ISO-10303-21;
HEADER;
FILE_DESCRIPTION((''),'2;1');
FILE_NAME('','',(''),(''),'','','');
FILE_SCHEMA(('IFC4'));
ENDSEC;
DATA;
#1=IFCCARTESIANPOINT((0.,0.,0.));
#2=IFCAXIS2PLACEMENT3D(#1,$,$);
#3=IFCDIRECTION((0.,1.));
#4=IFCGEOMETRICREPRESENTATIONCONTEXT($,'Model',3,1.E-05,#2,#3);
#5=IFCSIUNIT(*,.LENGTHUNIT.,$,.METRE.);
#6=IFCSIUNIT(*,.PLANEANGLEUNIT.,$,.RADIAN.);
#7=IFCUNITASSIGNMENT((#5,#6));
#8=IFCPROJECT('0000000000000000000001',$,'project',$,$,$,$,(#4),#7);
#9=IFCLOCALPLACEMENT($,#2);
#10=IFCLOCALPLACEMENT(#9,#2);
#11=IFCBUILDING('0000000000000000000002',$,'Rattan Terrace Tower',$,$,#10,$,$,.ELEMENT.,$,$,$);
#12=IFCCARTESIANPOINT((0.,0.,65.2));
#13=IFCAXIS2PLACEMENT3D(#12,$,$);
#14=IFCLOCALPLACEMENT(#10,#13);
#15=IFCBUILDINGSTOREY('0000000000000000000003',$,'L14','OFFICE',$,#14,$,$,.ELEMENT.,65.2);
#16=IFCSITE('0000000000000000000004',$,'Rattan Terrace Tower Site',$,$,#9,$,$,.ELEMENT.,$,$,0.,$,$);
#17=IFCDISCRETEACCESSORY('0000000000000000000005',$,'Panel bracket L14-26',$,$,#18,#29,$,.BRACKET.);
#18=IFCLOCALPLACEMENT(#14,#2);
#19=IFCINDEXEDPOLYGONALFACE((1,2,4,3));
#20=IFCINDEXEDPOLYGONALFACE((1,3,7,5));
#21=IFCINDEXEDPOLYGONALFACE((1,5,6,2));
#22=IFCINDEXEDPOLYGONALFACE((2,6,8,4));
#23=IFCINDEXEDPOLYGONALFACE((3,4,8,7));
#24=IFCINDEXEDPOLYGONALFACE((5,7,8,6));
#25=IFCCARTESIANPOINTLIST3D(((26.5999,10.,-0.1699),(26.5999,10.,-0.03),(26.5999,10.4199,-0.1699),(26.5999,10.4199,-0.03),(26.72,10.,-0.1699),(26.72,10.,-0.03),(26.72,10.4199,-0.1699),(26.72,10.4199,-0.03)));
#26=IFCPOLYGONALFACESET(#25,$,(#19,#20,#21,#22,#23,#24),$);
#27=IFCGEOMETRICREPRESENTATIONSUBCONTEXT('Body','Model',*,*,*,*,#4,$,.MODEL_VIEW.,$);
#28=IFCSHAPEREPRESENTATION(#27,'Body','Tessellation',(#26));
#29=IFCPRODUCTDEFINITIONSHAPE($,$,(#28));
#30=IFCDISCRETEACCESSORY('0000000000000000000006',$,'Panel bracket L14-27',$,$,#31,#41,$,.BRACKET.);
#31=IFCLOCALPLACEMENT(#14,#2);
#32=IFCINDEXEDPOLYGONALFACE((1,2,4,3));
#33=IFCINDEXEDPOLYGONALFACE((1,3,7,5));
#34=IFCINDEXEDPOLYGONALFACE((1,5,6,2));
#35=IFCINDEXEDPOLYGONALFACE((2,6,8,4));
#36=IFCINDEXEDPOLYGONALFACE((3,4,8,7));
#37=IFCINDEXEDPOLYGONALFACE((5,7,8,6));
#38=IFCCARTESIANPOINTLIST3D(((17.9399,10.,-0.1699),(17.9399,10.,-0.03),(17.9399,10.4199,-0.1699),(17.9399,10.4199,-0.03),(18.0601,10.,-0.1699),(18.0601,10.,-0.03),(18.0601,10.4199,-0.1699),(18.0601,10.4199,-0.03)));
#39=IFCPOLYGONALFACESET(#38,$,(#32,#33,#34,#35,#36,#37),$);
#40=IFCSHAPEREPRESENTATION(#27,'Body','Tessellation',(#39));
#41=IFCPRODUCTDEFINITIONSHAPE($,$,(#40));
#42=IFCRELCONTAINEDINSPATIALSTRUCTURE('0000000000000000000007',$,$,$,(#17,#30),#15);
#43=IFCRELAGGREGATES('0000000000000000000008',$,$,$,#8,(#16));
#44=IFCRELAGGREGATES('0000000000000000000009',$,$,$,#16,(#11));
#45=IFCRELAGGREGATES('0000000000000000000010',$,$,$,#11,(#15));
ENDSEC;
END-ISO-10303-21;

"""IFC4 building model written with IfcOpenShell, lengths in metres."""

from ifc_helpers import new_model, si_unit, direction, frame, origin, origin_2d, place, context, subcontext, project, spatial, rectangle, extrude, element, save


model = new_model("IFC4")

# Units and contexts
model_context = context("Model", 3, precision=1e-05, world=origin(), true_north=direction((0.0, 1.0)))
body_context = subcontext(model_context, "Body", "Model", "MODEL_VIEW")
ifc_project = project(units=[si_unit("LENGTHUNIT", "METRE"), si_unit("PLANEANGLEUNIT", "RADIAN")], contexts=[model_context])

# Site, building, storey
site_placement = place(None, origin())
site = spatial("IfcSite", under=ifc_project, at=site_placement, Name="Rattan Terrace Tower Site", CompositionType="ELEMENT", RefElevation=0.0)
building_placement = place(site_placement, origin())
building = spatial("IfcBuilding", under=site, at=building_placement, Name="Rattan Terrace Tower", CompositionType="ELEMENT")
storey_placement = place(building_placement, frame((0.0, 0.0, 65.2)))
storey = spatial("IfcBuildingStorey", under=building, at=storey_placement, Name="L14", Description="OFFICE", CompositionType="ELEMENT", Elevation=65.2)

# Discrete accessories
for number, where, z_axis, x_axis, name in (
    (1, (26.6599, 10.21, -0.1699), (0.0, 0.0, 1.0), (-1.0, 0.0, 0.0), "Panel bracket L14-26"),
    (2, (18.0, 10.21, -0.1699), (0.0, 0.0, 1.0), (-1.0, 0.0, 0.0), "Panel bracket L14-27"),
):
    element("IfcDiscreteAccessory", number, at=place(storey_placement, frame(where, z_axis=z_axis, x_axis=x_axis)), inside=storey, Name=name, PredefinedType="BRACKET", context=body_context, shape_type="SweptSolid", body=[
        extrude(rectangle(XDim=0.1201, YDim=0.4199, at=origin_2d()), origin(), (0.0, 0.0, 1.0), 0.1399),
    ])

save(model, "model.ifc")
